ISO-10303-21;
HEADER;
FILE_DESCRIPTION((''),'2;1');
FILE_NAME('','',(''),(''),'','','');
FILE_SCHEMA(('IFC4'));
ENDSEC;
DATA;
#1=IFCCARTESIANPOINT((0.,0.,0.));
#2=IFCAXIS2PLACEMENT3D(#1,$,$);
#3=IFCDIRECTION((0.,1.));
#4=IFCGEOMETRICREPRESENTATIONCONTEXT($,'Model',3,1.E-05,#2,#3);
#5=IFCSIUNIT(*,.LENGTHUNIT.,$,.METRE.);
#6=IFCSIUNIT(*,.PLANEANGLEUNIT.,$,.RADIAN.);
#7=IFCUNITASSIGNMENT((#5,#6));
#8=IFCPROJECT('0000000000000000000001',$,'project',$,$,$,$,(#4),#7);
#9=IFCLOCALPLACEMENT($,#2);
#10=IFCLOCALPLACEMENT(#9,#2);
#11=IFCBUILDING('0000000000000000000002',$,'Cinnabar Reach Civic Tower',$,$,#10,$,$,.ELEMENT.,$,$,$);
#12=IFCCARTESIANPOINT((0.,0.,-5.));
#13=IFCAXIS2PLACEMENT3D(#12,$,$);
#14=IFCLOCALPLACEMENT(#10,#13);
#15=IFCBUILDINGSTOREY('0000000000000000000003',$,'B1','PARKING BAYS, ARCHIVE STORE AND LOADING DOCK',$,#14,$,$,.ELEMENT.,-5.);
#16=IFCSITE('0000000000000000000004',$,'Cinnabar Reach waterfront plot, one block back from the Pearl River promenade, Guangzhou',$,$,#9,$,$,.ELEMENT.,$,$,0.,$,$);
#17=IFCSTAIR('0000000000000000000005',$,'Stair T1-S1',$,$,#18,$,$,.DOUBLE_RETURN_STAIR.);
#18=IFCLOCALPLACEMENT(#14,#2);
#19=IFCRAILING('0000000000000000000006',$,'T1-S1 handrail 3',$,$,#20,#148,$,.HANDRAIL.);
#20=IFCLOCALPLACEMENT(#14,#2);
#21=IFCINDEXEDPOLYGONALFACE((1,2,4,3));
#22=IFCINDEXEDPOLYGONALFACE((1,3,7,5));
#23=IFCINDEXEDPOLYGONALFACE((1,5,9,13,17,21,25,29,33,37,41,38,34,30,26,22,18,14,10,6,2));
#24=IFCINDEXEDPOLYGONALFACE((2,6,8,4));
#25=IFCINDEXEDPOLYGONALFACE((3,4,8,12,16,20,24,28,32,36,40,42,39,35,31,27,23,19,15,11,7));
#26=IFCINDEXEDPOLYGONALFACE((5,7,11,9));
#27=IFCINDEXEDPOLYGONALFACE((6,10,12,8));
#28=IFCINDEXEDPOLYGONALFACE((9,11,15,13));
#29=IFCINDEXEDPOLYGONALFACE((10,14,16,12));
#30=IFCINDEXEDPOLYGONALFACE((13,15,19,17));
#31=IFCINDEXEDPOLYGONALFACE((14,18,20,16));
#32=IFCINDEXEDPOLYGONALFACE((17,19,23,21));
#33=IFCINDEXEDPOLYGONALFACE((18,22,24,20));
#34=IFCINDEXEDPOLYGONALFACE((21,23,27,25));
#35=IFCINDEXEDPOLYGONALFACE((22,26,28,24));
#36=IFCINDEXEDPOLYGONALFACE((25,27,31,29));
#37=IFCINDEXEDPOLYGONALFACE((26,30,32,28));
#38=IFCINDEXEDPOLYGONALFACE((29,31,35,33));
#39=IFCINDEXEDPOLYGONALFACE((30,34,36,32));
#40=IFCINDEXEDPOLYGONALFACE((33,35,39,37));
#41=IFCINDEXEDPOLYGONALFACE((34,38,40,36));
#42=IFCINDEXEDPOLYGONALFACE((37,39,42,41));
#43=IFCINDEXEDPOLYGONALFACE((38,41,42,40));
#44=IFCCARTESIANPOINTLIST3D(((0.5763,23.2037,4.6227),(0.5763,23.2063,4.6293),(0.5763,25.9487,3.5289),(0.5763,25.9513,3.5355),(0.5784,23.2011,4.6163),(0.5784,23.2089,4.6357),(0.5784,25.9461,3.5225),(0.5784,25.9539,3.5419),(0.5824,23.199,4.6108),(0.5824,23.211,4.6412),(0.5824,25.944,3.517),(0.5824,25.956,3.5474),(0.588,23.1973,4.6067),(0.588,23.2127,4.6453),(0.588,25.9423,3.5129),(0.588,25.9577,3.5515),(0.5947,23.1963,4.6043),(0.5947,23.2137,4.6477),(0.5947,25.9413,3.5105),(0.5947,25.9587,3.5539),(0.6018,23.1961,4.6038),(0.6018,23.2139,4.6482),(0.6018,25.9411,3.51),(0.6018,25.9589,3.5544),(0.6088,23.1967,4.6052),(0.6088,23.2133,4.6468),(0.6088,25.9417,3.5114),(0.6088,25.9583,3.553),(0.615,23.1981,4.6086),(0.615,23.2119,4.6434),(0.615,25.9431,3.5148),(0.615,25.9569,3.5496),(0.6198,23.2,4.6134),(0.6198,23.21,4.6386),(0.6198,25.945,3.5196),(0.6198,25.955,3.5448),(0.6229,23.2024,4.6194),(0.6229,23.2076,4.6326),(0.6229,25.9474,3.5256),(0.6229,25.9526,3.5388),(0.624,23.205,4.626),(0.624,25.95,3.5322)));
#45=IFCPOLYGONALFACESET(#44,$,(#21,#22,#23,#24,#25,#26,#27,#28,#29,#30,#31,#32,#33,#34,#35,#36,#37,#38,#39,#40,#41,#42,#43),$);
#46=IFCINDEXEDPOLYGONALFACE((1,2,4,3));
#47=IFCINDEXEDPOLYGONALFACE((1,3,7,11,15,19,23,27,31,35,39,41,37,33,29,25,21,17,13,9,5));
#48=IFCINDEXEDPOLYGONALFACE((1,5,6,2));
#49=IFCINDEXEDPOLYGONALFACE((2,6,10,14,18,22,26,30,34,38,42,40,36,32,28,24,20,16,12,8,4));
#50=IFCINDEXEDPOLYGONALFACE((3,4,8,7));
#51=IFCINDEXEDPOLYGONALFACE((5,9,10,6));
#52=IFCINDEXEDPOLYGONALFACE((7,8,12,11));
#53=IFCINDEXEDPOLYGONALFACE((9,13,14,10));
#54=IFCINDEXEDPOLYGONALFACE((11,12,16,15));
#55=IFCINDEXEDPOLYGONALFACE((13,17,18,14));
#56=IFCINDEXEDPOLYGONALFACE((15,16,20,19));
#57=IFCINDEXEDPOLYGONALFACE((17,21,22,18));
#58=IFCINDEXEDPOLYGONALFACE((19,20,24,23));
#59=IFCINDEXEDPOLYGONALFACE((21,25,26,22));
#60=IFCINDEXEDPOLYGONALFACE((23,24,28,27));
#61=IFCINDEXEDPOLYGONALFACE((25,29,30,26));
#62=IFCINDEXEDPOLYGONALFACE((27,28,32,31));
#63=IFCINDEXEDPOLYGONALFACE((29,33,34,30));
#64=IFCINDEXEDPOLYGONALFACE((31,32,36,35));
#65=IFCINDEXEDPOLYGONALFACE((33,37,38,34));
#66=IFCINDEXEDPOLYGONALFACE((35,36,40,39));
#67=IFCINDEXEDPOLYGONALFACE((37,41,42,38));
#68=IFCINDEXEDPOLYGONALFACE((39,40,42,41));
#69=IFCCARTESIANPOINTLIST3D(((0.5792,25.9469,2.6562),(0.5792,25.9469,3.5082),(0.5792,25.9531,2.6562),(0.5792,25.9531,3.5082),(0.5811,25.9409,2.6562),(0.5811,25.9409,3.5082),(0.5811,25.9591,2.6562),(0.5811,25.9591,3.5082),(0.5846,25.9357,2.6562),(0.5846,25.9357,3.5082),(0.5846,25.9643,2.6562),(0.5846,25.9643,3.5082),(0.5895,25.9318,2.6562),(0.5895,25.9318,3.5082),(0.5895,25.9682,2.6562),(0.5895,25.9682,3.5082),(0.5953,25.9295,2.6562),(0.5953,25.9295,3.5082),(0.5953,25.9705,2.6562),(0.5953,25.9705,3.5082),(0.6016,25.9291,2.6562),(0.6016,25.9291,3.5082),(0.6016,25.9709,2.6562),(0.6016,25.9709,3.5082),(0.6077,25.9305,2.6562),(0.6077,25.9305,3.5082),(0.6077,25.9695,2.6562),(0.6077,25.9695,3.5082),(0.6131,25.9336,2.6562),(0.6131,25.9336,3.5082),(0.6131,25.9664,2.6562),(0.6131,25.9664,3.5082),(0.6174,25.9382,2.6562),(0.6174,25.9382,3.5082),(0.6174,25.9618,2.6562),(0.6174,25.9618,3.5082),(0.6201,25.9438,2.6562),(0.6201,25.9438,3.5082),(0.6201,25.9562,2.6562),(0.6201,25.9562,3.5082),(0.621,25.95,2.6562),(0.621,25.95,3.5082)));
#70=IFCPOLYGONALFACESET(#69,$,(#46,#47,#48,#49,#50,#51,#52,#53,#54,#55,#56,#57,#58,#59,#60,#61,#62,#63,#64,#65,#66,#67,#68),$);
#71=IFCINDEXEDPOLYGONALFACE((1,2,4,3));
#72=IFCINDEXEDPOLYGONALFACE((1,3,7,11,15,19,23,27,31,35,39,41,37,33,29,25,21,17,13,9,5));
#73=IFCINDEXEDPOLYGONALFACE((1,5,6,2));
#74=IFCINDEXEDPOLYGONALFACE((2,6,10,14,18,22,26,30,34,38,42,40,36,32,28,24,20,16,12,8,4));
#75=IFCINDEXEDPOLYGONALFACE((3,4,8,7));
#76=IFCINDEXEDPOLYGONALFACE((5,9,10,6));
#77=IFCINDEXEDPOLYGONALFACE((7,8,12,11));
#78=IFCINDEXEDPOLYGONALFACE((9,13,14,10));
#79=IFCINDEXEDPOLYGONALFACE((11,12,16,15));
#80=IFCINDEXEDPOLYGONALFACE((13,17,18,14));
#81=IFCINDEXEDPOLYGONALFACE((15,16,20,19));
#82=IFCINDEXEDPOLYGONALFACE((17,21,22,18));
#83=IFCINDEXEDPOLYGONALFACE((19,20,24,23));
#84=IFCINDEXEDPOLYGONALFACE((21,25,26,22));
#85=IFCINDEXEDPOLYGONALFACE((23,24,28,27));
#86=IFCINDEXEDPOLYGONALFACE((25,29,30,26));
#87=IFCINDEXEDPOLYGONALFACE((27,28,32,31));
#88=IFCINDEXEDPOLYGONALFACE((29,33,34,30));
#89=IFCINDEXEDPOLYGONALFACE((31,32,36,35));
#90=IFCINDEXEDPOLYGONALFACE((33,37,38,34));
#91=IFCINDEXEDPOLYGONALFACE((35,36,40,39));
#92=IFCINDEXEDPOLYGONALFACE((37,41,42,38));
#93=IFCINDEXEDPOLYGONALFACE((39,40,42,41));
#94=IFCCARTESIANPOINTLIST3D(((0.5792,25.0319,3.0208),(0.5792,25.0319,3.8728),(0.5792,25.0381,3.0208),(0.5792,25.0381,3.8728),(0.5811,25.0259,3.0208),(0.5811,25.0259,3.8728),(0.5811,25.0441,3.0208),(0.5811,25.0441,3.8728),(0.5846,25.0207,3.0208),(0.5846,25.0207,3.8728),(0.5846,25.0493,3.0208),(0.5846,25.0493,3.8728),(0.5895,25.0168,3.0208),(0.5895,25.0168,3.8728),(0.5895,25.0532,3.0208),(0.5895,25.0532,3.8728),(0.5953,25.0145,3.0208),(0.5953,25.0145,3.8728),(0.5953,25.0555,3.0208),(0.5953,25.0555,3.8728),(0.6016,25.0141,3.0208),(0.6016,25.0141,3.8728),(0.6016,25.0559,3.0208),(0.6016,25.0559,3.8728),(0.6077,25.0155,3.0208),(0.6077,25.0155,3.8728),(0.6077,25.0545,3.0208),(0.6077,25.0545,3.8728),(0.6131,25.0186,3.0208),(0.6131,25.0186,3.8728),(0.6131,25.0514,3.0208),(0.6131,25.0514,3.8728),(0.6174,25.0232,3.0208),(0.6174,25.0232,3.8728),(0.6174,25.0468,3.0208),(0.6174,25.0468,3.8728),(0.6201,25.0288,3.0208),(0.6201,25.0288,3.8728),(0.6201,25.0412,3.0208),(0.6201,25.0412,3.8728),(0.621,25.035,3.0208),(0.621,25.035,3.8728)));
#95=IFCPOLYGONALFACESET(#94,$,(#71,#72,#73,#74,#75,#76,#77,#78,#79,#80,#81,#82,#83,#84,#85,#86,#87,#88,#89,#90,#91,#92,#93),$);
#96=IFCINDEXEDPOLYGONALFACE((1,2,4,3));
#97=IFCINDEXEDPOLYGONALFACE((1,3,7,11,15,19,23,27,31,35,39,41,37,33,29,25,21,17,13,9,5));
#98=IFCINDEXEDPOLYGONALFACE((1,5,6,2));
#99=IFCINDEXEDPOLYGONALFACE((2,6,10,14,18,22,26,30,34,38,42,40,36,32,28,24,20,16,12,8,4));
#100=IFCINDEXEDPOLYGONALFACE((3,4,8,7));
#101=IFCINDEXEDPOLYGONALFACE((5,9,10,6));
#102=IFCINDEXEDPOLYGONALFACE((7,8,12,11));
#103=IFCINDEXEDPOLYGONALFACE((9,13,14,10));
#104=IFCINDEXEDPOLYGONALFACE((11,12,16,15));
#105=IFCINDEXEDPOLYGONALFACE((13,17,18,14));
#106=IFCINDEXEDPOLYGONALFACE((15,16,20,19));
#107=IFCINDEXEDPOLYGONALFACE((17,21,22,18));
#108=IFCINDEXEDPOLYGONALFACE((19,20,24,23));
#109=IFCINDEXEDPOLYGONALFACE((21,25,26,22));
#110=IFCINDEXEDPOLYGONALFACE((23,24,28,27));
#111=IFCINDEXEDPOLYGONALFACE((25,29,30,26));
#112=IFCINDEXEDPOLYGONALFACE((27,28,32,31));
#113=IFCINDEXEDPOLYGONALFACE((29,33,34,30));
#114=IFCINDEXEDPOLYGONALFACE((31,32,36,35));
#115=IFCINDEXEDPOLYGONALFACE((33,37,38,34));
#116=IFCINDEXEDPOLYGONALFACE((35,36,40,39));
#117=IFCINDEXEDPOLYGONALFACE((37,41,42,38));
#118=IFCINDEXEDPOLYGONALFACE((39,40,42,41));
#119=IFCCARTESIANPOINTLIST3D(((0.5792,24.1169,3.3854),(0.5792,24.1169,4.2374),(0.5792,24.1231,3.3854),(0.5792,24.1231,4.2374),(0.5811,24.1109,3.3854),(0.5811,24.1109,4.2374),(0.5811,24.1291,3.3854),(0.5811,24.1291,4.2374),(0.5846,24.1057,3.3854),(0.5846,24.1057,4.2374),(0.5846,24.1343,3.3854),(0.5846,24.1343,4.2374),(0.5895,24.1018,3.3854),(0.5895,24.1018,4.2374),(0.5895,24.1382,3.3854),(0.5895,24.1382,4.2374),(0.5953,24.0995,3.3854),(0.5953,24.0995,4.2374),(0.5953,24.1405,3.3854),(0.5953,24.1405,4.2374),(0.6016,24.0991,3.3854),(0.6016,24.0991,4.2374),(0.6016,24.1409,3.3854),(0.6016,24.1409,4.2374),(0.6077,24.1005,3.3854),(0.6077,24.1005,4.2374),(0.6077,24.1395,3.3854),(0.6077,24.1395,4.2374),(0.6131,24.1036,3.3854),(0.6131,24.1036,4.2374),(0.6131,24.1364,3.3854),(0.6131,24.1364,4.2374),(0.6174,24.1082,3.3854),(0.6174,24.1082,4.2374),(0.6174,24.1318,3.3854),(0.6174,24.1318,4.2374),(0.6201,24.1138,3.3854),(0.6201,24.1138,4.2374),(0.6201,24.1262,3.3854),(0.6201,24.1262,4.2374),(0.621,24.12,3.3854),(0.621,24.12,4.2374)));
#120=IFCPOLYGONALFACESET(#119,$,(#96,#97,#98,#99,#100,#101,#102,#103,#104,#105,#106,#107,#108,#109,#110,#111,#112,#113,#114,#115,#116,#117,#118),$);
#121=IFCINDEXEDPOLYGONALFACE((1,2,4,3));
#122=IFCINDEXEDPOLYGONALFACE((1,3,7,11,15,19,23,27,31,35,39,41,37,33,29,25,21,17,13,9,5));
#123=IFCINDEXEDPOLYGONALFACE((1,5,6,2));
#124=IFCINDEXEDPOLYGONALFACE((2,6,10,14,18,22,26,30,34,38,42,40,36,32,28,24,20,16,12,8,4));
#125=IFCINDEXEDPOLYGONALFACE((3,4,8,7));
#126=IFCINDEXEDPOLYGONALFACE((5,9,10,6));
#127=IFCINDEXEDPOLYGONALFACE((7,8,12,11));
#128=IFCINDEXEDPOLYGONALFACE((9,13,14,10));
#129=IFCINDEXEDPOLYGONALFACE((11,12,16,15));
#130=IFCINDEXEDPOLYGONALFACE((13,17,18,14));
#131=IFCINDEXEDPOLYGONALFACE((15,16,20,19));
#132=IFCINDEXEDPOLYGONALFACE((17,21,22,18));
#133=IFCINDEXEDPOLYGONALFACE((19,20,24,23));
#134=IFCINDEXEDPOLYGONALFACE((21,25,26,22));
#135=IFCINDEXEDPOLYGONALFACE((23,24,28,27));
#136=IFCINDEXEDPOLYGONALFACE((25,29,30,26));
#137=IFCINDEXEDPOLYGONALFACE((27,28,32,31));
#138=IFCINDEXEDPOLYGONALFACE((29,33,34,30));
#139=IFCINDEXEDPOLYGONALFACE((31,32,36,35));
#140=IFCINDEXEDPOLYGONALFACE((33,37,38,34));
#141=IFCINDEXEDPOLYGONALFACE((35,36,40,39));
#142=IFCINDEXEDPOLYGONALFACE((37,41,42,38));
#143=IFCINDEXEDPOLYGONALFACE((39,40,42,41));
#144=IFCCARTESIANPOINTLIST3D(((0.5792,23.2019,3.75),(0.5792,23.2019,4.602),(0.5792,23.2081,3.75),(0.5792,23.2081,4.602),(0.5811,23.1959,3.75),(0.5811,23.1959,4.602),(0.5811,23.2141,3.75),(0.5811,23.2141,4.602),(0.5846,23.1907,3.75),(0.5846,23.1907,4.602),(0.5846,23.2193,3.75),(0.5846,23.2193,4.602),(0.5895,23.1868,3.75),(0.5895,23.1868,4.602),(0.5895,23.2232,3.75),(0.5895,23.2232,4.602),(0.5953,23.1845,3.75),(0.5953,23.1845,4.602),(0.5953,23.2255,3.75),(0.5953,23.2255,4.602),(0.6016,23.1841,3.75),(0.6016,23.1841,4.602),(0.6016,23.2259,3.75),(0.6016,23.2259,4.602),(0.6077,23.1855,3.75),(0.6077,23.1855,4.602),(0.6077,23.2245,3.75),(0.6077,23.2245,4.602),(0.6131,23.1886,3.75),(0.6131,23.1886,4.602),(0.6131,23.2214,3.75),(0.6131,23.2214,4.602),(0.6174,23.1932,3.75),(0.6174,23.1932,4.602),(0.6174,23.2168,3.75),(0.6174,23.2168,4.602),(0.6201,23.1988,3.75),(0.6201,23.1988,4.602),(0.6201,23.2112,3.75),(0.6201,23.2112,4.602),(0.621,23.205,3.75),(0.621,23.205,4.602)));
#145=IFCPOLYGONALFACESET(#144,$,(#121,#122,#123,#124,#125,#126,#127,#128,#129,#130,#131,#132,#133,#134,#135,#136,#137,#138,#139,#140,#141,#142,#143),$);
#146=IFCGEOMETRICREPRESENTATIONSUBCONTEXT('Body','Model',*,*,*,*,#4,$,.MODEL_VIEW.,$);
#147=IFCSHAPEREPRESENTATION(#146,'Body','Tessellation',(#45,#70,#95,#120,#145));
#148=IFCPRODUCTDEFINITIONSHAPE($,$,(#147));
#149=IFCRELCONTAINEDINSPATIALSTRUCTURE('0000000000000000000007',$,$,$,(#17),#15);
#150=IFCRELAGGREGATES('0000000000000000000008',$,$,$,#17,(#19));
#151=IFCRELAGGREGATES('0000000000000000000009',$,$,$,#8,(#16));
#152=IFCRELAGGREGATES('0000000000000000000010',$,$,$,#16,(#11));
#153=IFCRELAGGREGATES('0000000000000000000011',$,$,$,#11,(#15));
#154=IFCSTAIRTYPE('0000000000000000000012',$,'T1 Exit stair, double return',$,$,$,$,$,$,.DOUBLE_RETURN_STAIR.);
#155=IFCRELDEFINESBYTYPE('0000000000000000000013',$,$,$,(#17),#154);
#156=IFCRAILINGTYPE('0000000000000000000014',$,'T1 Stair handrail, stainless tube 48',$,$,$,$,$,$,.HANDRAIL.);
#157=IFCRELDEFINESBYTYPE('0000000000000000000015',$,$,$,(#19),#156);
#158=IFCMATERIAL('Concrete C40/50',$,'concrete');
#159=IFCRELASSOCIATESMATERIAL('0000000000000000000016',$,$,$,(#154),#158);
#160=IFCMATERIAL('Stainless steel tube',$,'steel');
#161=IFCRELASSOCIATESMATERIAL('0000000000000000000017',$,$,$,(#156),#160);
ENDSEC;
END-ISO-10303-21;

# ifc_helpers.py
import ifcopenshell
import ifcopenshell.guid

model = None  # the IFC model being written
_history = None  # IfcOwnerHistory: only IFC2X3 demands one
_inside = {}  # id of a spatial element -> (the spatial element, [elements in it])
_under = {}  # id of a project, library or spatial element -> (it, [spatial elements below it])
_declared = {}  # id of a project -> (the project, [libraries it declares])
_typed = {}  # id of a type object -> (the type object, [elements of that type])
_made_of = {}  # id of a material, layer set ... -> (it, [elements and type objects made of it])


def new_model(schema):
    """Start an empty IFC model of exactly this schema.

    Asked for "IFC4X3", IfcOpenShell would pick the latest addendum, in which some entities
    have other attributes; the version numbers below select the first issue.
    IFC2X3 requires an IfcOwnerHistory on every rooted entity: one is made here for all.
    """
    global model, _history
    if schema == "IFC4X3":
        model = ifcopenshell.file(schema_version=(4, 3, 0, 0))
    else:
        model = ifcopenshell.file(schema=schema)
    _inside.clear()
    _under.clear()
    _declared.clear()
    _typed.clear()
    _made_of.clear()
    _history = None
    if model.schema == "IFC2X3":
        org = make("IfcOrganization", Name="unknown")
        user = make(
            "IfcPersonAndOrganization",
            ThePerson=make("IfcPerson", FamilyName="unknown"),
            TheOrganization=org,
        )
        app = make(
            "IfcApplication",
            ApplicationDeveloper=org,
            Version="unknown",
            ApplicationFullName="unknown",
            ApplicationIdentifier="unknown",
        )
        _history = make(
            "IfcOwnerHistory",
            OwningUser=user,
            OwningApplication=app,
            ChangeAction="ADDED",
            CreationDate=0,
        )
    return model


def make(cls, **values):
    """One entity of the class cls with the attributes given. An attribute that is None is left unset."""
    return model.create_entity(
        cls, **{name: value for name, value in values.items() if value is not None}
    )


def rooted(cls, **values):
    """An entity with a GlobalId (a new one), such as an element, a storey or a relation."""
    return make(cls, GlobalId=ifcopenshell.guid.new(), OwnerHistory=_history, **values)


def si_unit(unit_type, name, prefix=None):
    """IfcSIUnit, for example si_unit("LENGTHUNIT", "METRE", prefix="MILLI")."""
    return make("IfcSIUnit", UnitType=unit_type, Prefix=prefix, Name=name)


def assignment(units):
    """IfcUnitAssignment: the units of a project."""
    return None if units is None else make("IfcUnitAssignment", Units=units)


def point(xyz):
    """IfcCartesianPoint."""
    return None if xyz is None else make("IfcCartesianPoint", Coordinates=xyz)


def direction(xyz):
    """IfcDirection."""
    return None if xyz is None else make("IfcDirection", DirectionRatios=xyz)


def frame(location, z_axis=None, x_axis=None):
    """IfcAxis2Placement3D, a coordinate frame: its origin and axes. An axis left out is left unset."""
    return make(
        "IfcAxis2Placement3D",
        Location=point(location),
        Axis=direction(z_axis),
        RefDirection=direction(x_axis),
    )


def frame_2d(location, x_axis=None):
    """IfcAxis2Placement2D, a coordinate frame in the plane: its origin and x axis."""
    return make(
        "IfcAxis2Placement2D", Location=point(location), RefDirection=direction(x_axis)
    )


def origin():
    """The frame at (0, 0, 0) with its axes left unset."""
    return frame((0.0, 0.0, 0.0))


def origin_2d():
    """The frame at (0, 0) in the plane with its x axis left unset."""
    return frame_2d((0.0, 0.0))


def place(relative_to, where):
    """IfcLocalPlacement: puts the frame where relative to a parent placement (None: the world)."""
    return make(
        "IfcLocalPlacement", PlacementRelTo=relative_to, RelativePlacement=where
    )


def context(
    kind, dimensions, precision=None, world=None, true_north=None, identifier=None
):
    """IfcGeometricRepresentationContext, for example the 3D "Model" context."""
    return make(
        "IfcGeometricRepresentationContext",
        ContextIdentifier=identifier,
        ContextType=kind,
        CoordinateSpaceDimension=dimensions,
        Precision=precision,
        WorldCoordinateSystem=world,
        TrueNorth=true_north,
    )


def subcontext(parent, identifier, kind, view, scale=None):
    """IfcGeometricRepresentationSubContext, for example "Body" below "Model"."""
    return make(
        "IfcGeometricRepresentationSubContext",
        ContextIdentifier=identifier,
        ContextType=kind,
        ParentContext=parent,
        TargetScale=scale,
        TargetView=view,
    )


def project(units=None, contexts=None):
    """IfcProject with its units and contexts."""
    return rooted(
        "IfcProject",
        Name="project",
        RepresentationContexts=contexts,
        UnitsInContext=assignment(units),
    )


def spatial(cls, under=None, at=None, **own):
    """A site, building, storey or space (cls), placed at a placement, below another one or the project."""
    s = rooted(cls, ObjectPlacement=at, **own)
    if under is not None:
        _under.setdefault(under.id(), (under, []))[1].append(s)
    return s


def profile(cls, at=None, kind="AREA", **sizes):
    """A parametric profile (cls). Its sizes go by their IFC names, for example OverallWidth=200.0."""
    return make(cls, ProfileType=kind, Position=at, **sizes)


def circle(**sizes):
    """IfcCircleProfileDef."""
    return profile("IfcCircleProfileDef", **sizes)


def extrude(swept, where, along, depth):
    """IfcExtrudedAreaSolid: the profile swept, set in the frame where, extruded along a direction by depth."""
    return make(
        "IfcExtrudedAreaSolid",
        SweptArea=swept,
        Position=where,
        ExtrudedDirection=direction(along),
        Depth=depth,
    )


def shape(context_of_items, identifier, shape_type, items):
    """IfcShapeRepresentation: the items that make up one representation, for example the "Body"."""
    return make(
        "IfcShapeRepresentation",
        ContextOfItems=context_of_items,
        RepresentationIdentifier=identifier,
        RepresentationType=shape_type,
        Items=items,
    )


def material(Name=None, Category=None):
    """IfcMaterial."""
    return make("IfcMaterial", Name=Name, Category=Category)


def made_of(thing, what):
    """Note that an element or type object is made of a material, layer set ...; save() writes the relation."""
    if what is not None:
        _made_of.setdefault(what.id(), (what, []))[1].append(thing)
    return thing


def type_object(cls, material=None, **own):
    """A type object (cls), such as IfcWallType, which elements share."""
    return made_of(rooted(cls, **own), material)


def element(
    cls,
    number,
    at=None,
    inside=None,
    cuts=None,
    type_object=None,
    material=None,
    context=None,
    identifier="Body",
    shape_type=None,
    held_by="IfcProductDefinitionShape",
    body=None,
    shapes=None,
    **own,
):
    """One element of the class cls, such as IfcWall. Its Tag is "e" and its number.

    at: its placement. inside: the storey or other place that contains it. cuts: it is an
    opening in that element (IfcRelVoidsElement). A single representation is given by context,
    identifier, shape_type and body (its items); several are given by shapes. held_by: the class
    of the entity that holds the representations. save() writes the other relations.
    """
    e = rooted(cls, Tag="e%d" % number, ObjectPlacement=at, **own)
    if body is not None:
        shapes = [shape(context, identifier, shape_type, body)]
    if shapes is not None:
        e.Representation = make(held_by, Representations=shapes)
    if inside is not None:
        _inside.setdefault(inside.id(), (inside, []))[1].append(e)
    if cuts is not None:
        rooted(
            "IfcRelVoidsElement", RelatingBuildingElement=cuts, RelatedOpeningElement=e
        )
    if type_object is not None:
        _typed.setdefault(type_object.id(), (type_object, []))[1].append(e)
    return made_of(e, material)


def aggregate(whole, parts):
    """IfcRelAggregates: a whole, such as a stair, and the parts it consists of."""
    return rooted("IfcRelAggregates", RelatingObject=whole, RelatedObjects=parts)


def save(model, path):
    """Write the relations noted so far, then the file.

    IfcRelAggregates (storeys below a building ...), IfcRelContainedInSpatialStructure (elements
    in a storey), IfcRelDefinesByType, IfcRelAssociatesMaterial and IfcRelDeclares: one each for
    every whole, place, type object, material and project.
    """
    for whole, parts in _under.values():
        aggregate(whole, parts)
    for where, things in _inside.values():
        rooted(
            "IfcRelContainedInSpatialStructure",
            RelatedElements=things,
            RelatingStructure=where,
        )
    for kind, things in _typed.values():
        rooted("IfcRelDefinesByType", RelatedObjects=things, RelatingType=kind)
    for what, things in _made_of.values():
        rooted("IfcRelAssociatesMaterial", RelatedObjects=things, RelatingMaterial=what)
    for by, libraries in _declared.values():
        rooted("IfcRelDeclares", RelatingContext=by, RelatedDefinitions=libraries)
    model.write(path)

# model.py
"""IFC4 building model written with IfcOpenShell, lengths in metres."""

from ifc_helpers import new_model, si_unit, direction, frame, origin, origin_2d, place, context, subcontext, project, spatial, circle, extrude, material, type_object, element, aggregate, save


model = new_model("IFC4")

# Units and contexts
model_context = context("Model", 3, precision=1e-05, world=origin(), true_north=direction((0.0, 1.0)))
body_context = subcontext(model_context, "Body", "Model", "MODEL_VIEW")
ifc_project = project(units=[si_unit("LENGTHUNIT", "METRE"), si_unit("PLANEANGLEUNIT", "RADIAN")], contexts=[model_context])

# Site, building, storey
site_placement = place(None, origin())
site = spatial("IfcSite", under=ifc_project, at=site_placement, Name="Cinnabar Reach waterfront plot, one block back from the Pearl River promenade, Guangzhou", CompositionType="ELEMENT", RefElevation=0.0)
building_placement = place(site_placement, origin())
building = spatial("IfcBuilding", under=site, at=building_placement, Name="Cinnabar Reach Civic Tower", CompositionType="ELEMENT")
storey_placement = place(building_placement, frame((0.0, 0.0, -5.0)))
storey = spatial("IfcBuildingStorey", under=building, at=storey_placement, Name="B1", Description="PARKING BAYS, ARCHIVE STORE AND LOADING DOCK", CompositionType="ELEMENT", Elevation=-5.0)

# Shared definitions
ifc_material_1 = material(Name="Concrete C40/50", Category="concrete")

# Stair, railing
stair_type = type_object("IfcStairType", Name="T1 Exit stair, double return", PredefinedType="DOUBLE_RETURN_STAIR", material=ifc_material_1)
stair_placement = place(storey_placement, origin())
stair = element("IfcStair", 1, at=stair_placement, inside=storey, type_object=stair_type, Name="Stair T1-S1", PredefinedType="DOUBLE_RETURN_STAIR")
ifc_material_2 = material(Name="Stainless steel tube", Category="steel")
railing_type = type_object("IfcRailingType", Name="T1 Stair handrail, stainless tube 48", PredefinedType="HANDRAIL", material=ifc_material_2)
railing_1_placement = place(storey_placement, frame((0.6, 25.95, 2.6562)))
railing_1 = element("IfcRailing", 2, at=railing_1_placement, type_object=railing_type, Name="T1-S1 handrail 3", PredefinedType="HANDRAIL", context=body_context, shape_type="SweptSolid", body=[
    extrude(circle(Radius=0.024, at=origin_2d()), frame((0.0, 0.0, 0.876), z_axis=(0.0, -0.928966, 0.370165), x_axis=(1.0, 0.0, 0.0)), (0.0, 0.0, 1.0), 2.9549),
    extrude(circle(Radius=0.021, at=origin_2d()), origin(), (0.0, 0.0, 1.0), 0.852),
    extrude(circle(Radius=0.021, at=origin_2d()), frame((0.0, -0.915, 0.3646)), (0.0, 0.0, 1.0), 0.852),
    extrude(circle(Radius=0.021, at=origin_2d()), frame((0.0, -1.83, 0.7292)), (0.0, 0.0, 1.0), 0.852),
    extrude(circle(Radius=0.021, at=origin_2d()), frame((0.0, -2.745, 1.0938)), (0.0, 0.0, 1.0), 0.852),
])
aggregate(stair, [railing_1])

save(model, "model.ifc")
